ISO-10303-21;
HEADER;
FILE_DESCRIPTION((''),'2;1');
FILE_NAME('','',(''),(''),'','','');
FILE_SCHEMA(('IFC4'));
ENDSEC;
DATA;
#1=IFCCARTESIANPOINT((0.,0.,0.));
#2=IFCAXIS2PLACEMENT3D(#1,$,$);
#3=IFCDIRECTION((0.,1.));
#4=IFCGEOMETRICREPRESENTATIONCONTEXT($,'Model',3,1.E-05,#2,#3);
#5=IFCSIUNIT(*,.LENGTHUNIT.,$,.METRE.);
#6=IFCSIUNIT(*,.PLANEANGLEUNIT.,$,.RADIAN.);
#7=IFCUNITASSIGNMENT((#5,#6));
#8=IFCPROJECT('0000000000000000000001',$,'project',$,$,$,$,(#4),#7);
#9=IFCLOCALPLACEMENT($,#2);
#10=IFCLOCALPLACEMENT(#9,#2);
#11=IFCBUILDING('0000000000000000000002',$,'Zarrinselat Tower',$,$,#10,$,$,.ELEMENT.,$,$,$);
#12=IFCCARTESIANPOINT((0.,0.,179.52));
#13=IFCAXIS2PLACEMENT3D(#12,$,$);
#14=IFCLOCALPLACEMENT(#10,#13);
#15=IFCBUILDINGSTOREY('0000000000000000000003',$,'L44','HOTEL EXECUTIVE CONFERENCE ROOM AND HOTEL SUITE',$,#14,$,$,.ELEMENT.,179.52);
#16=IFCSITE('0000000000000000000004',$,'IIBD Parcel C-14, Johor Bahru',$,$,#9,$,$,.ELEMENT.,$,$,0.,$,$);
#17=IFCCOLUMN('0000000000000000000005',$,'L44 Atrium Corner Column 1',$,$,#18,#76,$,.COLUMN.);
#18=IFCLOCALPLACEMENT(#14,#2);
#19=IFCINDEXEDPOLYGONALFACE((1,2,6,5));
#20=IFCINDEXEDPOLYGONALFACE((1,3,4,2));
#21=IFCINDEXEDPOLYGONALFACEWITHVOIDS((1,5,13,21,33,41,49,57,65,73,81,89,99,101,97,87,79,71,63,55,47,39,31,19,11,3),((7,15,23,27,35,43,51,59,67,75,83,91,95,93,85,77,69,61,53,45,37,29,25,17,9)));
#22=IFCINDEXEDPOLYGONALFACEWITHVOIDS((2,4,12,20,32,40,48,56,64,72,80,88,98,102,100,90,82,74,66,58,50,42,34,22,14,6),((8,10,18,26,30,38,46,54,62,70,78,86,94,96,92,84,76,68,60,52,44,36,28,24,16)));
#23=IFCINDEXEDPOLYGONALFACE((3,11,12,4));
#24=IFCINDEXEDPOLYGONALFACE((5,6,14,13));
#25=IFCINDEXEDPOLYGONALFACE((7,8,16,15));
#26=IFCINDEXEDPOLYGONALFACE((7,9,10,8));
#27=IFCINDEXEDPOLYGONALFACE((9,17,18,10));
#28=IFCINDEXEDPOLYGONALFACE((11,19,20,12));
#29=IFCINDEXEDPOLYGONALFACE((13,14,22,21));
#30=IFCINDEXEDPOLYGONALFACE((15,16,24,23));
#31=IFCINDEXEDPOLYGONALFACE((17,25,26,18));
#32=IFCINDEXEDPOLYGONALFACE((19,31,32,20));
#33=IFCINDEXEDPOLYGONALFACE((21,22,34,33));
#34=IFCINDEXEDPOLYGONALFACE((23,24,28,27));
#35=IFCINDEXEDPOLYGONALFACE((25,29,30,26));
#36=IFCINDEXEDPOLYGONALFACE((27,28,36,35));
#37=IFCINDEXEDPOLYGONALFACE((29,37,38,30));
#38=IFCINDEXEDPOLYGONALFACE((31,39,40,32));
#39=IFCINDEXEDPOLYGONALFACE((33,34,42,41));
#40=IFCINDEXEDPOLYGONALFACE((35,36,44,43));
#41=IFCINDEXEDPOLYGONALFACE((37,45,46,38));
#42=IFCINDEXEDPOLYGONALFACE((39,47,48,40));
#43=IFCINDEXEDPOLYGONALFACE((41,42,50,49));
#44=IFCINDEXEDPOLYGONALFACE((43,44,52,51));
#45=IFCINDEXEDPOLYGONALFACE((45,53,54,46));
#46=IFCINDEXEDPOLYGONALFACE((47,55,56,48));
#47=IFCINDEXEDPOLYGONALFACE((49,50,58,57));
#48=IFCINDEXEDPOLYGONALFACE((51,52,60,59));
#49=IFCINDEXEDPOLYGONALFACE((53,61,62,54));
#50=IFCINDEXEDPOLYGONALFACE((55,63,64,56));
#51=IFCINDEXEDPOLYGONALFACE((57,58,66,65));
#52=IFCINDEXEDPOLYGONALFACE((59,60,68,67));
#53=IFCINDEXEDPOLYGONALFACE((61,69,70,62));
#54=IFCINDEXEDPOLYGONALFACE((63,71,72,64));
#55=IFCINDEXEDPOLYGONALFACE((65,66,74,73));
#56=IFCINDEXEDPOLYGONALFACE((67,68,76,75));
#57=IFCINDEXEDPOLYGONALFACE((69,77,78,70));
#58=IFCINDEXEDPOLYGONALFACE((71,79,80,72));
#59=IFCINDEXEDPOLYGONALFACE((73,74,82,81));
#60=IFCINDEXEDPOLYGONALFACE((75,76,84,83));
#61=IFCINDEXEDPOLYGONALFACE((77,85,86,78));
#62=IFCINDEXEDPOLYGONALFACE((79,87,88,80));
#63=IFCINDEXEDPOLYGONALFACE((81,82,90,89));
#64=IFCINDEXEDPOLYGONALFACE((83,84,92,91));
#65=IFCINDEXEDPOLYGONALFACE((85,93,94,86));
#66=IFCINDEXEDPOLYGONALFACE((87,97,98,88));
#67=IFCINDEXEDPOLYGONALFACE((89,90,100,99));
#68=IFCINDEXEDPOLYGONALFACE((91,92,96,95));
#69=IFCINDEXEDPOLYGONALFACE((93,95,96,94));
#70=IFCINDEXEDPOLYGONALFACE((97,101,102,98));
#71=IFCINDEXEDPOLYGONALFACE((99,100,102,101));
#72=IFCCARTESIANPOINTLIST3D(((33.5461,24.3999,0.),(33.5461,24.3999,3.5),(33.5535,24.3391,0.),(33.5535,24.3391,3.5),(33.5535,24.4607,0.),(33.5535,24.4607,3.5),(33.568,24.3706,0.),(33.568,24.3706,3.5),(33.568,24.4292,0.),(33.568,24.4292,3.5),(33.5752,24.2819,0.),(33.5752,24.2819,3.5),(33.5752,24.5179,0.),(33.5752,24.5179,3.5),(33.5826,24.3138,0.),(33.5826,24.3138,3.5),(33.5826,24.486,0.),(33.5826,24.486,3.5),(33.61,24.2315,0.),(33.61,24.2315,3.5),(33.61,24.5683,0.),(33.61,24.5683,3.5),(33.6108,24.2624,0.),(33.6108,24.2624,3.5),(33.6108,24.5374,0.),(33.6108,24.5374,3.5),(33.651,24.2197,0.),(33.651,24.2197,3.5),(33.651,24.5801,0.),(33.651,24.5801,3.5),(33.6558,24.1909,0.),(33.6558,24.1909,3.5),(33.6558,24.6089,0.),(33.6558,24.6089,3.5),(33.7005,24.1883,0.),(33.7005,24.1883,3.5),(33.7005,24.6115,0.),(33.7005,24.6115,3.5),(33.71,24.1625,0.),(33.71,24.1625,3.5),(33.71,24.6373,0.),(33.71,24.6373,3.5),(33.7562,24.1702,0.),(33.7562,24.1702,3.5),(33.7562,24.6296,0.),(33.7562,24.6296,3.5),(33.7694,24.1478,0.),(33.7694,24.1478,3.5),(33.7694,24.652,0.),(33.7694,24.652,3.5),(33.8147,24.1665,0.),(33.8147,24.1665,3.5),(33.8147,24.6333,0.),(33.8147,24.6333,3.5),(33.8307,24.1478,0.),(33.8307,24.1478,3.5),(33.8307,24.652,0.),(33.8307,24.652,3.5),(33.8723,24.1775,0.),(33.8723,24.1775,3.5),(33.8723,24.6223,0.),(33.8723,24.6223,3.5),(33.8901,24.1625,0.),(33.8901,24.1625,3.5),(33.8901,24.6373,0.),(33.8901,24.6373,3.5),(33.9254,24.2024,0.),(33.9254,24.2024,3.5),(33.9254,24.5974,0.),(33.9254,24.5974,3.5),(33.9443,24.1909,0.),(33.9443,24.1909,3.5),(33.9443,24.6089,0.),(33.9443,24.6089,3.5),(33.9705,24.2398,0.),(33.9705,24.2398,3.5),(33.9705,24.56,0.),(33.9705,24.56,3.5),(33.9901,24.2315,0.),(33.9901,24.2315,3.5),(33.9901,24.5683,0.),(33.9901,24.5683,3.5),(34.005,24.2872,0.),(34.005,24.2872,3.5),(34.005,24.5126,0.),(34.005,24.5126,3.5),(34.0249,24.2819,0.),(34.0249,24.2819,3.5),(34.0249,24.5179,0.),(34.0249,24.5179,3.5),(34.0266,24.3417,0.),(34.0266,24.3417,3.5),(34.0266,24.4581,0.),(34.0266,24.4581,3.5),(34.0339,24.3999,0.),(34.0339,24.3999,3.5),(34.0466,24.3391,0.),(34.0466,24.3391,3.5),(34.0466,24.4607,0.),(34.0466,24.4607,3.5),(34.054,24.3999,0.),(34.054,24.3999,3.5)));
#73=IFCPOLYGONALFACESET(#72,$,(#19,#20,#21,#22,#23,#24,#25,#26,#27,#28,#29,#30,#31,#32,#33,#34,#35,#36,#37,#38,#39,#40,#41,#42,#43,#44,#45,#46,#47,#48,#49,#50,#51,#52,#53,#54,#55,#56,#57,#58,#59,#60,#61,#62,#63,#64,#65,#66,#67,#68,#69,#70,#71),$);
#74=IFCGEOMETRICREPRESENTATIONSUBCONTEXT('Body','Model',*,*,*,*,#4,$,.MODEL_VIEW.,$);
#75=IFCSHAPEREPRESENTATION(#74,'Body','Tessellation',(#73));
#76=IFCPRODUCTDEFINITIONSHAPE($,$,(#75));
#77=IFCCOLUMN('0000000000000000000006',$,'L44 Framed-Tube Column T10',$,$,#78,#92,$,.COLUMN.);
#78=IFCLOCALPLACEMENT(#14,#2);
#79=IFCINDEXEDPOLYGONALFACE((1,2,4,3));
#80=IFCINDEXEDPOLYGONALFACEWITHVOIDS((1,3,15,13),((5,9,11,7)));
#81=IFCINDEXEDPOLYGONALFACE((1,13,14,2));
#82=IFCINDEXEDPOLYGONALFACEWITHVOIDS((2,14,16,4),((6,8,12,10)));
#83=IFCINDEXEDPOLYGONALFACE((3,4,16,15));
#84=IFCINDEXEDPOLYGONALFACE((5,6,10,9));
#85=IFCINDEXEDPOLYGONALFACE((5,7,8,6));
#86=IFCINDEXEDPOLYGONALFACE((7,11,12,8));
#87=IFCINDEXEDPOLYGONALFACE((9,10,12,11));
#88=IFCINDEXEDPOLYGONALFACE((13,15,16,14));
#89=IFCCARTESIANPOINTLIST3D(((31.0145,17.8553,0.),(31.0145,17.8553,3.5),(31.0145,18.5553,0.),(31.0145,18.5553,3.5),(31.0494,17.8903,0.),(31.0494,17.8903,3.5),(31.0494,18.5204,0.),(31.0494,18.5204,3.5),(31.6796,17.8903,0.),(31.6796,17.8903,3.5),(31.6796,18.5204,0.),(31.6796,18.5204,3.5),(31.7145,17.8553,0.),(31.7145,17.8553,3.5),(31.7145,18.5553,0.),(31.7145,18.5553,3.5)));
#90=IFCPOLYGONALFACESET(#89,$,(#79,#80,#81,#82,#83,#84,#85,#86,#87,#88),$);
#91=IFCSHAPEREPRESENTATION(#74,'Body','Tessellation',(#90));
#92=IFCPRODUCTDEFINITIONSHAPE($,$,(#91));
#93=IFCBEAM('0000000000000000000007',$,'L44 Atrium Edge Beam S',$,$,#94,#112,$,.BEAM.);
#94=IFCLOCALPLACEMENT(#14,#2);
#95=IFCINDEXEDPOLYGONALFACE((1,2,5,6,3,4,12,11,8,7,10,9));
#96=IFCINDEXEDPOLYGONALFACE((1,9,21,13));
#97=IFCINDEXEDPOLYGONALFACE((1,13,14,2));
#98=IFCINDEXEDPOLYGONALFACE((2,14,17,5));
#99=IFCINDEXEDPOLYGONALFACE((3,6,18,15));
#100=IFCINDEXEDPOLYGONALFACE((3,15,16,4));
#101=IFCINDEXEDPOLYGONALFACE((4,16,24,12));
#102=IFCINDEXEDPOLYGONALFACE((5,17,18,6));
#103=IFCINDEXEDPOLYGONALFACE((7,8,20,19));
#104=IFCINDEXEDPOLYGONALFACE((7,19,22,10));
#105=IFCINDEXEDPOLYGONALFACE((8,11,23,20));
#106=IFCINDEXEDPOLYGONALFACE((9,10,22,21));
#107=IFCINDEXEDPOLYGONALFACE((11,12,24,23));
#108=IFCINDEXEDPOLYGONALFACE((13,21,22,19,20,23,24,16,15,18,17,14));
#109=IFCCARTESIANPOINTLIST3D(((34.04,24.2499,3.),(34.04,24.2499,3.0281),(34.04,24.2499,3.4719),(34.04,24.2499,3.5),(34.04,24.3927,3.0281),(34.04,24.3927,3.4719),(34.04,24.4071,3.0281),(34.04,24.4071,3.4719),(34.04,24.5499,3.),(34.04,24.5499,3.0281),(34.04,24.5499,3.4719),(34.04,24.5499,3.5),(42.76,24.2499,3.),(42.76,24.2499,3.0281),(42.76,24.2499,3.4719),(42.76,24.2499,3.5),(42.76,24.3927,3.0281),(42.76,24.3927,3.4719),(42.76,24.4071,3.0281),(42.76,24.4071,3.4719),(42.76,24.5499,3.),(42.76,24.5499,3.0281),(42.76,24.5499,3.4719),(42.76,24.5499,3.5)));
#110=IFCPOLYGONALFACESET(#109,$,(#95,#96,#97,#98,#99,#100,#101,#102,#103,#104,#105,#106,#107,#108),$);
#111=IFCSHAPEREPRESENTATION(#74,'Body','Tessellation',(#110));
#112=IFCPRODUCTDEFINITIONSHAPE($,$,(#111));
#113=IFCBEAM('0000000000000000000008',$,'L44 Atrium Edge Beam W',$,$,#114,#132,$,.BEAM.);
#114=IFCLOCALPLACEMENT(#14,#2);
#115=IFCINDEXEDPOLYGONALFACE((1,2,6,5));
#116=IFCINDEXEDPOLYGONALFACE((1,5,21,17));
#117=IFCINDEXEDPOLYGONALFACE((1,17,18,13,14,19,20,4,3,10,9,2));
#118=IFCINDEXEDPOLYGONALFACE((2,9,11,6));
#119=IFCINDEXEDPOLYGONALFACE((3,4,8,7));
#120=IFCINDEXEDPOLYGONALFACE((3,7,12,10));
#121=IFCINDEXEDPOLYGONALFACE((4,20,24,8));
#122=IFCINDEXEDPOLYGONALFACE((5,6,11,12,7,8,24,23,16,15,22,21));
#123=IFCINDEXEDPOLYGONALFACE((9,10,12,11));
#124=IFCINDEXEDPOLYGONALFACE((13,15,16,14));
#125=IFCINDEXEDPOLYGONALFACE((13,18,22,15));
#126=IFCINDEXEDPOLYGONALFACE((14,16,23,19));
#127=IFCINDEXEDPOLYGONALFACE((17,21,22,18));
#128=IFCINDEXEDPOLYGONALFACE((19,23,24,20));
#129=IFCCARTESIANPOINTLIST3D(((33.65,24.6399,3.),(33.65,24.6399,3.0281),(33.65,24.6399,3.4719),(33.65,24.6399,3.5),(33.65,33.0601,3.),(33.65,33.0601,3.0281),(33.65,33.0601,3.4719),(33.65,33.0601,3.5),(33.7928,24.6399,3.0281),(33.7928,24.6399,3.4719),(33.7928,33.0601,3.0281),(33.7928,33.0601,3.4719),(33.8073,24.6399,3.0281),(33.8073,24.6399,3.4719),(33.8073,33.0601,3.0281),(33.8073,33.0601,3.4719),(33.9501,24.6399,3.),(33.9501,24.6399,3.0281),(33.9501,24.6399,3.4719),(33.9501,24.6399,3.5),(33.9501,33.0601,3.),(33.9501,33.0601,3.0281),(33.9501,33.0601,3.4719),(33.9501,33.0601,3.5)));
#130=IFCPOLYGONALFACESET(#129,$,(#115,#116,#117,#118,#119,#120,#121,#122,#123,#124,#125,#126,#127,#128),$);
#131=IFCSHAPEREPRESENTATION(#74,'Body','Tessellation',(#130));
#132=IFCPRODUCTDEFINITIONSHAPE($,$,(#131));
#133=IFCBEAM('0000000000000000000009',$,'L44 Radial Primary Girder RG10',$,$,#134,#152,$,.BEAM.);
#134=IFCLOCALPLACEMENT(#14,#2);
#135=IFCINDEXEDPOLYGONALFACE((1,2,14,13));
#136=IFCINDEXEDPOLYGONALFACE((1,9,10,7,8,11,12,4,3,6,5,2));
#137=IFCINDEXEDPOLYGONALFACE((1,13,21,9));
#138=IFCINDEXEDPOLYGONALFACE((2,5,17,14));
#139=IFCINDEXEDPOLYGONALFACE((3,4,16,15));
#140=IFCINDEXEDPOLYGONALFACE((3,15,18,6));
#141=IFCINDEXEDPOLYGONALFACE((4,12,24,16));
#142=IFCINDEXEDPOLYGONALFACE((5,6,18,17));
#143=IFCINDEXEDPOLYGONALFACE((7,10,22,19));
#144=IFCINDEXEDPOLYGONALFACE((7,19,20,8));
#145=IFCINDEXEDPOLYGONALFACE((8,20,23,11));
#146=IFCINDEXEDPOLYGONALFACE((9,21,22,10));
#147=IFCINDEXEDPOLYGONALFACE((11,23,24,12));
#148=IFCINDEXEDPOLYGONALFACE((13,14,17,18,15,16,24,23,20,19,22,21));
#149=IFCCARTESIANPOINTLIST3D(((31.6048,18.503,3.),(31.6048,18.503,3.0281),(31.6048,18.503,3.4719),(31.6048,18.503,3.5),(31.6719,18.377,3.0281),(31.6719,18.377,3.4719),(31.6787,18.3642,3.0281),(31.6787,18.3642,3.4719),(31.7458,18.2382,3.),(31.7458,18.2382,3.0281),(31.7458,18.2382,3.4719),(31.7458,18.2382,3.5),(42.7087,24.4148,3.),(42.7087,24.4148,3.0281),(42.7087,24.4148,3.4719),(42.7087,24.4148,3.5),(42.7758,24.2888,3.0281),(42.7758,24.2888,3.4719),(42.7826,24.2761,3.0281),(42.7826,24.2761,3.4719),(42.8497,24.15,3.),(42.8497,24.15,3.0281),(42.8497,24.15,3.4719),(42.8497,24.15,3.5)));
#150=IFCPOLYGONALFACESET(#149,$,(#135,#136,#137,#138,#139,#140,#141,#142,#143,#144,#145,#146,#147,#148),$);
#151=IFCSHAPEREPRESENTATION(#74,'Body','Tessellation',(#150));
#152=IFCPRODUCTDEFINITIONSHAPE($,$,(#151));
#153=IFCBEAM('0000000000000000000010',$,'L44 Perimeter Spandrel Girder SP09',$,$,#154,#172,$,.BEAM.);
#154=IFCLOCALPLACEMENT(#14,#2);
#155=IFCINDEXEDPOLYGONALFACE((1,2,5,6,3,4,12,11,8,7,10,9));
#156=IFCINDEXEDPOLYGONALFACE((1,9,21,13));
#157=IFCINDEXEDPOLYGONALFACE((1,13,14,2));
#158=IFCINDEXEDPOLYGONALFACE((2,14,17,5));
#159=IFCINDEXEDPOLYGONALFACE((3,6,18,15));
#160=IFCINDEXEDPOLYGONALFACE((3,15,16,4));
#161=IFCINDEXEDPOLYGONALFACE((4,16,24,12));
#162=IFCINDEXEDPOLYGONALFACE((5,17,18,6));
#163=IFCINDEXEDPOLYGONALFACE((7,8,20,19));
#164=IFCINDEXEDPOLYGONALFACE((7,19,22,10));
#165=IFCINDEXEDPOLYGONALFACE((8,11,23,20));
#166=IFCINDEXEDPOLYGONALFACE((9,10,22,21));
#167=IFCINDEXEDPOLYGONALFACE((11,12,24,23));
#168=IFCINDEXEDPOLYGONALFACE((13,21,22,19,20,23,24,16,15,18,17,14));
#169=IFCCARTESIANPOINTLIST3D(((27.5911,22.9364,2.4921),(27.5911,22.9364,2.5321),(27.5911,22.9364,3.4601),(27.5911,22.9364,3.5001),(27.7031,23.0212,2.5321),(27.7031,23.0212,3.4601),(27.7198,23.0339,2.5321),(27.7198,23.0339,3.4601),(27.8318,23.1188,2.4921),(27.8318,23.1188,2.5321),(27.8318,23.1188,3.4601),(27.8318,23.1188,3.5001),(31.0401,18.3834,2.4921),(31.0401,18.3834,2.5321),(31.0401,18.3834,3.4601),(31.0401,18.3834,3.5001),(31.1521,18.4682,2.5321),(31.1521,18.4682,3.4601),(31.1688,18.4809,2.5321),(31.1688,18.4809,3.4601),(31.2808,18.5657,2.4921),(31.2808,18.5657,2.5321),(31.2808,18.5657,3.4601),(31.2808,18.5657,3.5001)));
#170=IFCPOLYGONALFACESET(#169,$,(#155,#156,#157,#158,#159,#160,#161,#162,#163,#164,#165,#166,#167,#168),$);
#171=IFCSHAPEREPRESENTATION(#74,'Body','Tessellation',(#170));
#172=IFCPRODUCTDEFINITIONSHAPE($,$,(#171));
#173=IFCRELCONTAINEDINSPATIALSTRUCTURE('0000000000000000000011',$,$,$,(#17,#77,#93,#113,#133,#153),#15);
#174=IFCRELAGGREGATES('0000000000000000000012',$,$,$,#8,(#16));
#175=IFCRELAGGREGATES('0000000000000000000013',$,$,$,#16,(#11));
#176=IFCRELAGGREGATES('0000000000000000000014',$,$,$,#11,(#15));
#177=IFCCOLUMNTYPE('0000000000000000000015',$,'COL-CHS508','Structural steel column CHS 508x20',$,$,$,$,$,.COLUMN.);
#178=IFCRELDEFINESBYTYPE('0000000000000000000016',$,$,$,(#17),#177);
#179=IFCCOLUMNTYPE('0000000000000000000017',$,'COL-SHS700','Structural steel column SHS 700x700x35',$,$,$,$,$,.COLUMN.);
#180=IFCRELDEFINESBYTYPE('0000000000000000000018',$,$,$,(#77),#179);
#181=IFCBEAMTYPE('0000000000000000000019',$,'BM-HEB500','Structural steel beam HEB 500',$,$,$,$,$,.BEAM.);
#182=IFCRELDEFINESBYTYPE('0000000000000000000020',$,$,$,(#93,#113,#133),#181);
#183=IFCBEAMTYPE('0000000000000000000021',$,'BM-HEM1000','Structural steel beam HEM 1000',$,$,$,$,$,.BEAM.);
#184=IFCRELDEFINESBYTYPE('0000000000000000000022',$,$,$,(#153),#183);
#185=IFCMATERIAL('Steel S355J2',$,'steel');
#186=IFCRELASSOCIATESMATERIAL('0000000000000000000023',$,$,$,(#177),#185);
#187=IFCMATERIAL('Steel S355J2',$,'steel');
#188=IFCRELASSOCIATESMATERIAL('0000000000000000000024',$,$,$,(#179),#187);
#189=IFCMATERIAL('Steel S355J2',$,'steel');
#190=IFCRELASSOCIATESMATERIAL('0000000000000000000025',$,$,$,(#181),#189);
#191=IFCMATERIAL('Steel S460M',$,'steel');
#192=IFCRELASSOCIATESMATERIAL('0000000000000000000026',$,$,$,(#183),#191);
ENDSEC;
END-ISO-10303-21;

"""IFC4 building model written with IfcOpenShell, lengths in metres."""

from ifc_helpers import new_model, si_unit, direction, frame, origin, origin_2d, place, context, subcontext, project, spatial, hollow_rectangle, hollow_circle, i_section, extrude, material, material_profile, profile_set, type_object, element, save


model = new_model("IFC4")

# Units and contexts
model_context = context("Model", 3, precision=1e-05, world=origin(), true_north=direction((0.0, 1.0)))
body_context = subcontext(model_context, "Body", "Model", "MODEL_VIEW")
ifc_project = project(units=[si_unit("LENGTHUNIT", "METRE"), si_unit("PLANEANGLEUNIT", "RADIAN")], contexts=[model_context])

# Site, building, storey
site_placement = place(None, origin())
site = spatial("IfcSite", under=ifc_project, at=site_placement, Name="IIBD Parcel C-14, Johor Bahru", CompositionType="ELEMENT", RefElevation=0.0)
building_placement = place(site_placement, origin())
building = spatial("IfcBuilding", under=site, at=building_placement, Name="Zarrinselat Tower", CompositionType="ELEMENT")
storey_placement = place(building_placement, frame((0.0, 0.0, 179.52)))
storey = spatial("IfcBuildingStorey", under=building, at=storey_placement, Name="L44", Description="HOTEL EXECUTIVE CONFERENCE ROOM AND HOTEL SUITE", CompositionType="ELEMENT", Elevation=179.52)

# Columns
ifc_material_1 = material(Name="Steel S355J2", Category="steel")
ifc_material_profile_1 = material_profile(ifc_material_1, hollow_circle(Radius=0.2539, WallThickness=0.02, at=origin_2d()), Name="CHS 508x20")
ifc_profile_set_1 = profile_set([ifc_material_profile_1], Name="Steel S355J2")
column_type_1 = type_object("IfcColumnType", Name="COL-CHS508", Description="Structural steel column CHS 508x20", PredefinedType="COLUMN", material=ifc_profile_set_1)
column_1_placement = place(storey_placement, frame((33.8, 24.3999, 0.0), z_axis=(0.0, 0.0, 1.0), x_axis=(1.0, 0.0, 0.0)))
element("IfcColumn", 1, at=column_1_placement, inside=storey, type_object=column_type_1, Name="L44 Atrium Corner Column 1", PredefinedType="COLUMN", context=body_context, shape_type="SweptSolid", body=[
    extrude(hollow_circle(Radius=0.2539, WallThickness=0.02, at=origin_2d()), origin(), (0.0, 0.0, 1.0), 3.5),
])
ifc_material_2 = material(Name="Steel S355J2", Category="steel")
ifc_material_profile_2 = material_profile(ifc_material_2, hollow_rectangle(XDim=0.7, YDim=0.7, WallThickness=0.0349, at=origin_2d()), Name="SHS 700x700x35")
ifc_profile_set_2 = profile_set([ifc_material_profile_2], Name="Steel S355J2")
column_type_2 = type_object("IfcColumnType", Name="COL-SHS700", Description="Structural steel column SHS 700x700x35", PredefinedType="COLUMN", material=ifc_profile_set_2)
column_2_placement = place(storey_placement, frame((31.3645, 18.2053, 0.0), z_axis=(0.0, 0.0, 1.0), x_axis=(1.0, 0.0, 0.0)))
element("IfcColumn", 2, at=column_2_placement, inside=storey, type_object=column_type_2, Name="L44 Framed-Tube Column T10", PredefinedType="COLUMN", context=body_context, shape_type="SweptSolid", body=[
    extrude(hollow_rectangle(XDim=0.7, YDim=0.7, WallThickness=0.0349, at=origin_2d()), origin(), (0.0, 0.0, 1.0), 3.5),
])

# Beams
ifc_material_3 = material(Name="Steel S355J2", Category="steel")
ifc_material_profile_3 = material_profile(ifc_material_3, i_section(OverallWidth=0.3, OverallDepth=0.5, WebThickness=0.0144, FlangeThickness=0.0281, at=origin_2d()), Name="HEB 500")
ifc_profile_set_3 = profile_set([ifc_material_profile_3], Name="Steel S355J2")
beam_type_1 = type_object("IfcBeamType", Name="BM-HEB500", Description="Structural steel beam HEB 500", PredefinedType="BEAM", material=ifc_profile_set_3)
beam_1_placement = place(storey_placement, frame((34.04, 24.3999, 3.25), z_axis=(1.0, 0.0, 0.0), x_axis=(0.0, 1.0, 0.0)))
element("IfcBeam", 3, at=beam_1_placement, inside=storey, type_object=beam_type_1, Name="L44 Atrium Edge Beam S", PredefinedType="BEAM", context=body_context, shape_type="SweptSolid", body=[
    extrude(i_section(OverallWidth=0.3, OverallDepth=0.5, WebThickness=0.0144, FlangeThickness=0.0281, at=origin_2d()), origin(), (0.0, 0.0, 1.0), 8.72),
])
beam_2_placement = place(storey_placement, frame((33.8, 24.6399, 3.25), z_axis=(0.0, 1.0, 0.0), x_axis=(-1.0, 0.0, 0.0)))
element("IfcBeam", 4, at=beam_2_placement, inside=storey, type_object=beam_type_1, Name="L44 Atrium Edge Beam W", PredefinedType="BEAM", context=body_context, shape_type="SweptSolid", body=[
    extrude(i_section(OverallWidth=0.3, OverallDepth=0.5, WebThickness=0.0144, FlangeThickness=0.0281, at=origin_2d()), origin(), (0.0, 0.0, 1.0), 8.4202),
])
beam_3_placement = place(storey_placement, frame((31.6753, 18.3706, 3.25), z_axis=(0.882692, 0.469953, 0.0), x_axis=(-0.469953, 0.882692, 0.0)))
element("IfcBeam", 5, at=beam_3_placement, inside=storey, type_object=beam_type_1, Name="L44 Radial Primary Girder RG10", PredefinedType="BEAM", context=body_context, shape_type="SweptSolid", body=[
    extrude(i_section(OverallWidth=0.3, OverallDepth=0.5, WebThickness=0.0144, FlangeThickness=0.0281, at=origin_2d()), origin(), (0.0, 0.0, 1.0), 12.5796),
])
ifc_material_4 = material(Name="Steel S460M", Category="steel")
ifc_material_profile_4 = material_profile(ifc_material_4, i_section(OverallWidth=0.302, OverallDepth=1.0081, WebThickness=0.021, FlangeThickness=0.04, at=origin_2d()), Name="HEM 1000")
ifc_profile_set_4 = profile_set([ifc_material_profile_4], Name="Steel S460M")
beam_type_2 = type_object("IfcBeamType", Name="BM-HEM1000", Description="Structural steel beam HEM 1000", PredefinedType="BEAM", material=ifc_profile_set_4)
beam_4_placement = place(storey_placement, frame((27.7114, 23.0276, 2.9961), z_axis=(0.60383, -0.797113, 0.0), x_axis=(0.797113, 0.60383, 0.0)))
element("IfcBeam", 6, at=beam_4_placement, inside=storey, type_object=beam_type_2, Name="L44 Perimeter Spandrel Girder SP09", PredefinedType="BEAM", context=body_context, shape_type="SweptSolid", body=[
    extrude(i_section(OverallWidth=0.302, OverallDepth=1.0081, WebThickness=0.021, FlangeThickness=0.04, at=origin_2d()), origin(), (0.0, 0.0, 1.0), 5.7119),
])

save(model, "model.ifc")
